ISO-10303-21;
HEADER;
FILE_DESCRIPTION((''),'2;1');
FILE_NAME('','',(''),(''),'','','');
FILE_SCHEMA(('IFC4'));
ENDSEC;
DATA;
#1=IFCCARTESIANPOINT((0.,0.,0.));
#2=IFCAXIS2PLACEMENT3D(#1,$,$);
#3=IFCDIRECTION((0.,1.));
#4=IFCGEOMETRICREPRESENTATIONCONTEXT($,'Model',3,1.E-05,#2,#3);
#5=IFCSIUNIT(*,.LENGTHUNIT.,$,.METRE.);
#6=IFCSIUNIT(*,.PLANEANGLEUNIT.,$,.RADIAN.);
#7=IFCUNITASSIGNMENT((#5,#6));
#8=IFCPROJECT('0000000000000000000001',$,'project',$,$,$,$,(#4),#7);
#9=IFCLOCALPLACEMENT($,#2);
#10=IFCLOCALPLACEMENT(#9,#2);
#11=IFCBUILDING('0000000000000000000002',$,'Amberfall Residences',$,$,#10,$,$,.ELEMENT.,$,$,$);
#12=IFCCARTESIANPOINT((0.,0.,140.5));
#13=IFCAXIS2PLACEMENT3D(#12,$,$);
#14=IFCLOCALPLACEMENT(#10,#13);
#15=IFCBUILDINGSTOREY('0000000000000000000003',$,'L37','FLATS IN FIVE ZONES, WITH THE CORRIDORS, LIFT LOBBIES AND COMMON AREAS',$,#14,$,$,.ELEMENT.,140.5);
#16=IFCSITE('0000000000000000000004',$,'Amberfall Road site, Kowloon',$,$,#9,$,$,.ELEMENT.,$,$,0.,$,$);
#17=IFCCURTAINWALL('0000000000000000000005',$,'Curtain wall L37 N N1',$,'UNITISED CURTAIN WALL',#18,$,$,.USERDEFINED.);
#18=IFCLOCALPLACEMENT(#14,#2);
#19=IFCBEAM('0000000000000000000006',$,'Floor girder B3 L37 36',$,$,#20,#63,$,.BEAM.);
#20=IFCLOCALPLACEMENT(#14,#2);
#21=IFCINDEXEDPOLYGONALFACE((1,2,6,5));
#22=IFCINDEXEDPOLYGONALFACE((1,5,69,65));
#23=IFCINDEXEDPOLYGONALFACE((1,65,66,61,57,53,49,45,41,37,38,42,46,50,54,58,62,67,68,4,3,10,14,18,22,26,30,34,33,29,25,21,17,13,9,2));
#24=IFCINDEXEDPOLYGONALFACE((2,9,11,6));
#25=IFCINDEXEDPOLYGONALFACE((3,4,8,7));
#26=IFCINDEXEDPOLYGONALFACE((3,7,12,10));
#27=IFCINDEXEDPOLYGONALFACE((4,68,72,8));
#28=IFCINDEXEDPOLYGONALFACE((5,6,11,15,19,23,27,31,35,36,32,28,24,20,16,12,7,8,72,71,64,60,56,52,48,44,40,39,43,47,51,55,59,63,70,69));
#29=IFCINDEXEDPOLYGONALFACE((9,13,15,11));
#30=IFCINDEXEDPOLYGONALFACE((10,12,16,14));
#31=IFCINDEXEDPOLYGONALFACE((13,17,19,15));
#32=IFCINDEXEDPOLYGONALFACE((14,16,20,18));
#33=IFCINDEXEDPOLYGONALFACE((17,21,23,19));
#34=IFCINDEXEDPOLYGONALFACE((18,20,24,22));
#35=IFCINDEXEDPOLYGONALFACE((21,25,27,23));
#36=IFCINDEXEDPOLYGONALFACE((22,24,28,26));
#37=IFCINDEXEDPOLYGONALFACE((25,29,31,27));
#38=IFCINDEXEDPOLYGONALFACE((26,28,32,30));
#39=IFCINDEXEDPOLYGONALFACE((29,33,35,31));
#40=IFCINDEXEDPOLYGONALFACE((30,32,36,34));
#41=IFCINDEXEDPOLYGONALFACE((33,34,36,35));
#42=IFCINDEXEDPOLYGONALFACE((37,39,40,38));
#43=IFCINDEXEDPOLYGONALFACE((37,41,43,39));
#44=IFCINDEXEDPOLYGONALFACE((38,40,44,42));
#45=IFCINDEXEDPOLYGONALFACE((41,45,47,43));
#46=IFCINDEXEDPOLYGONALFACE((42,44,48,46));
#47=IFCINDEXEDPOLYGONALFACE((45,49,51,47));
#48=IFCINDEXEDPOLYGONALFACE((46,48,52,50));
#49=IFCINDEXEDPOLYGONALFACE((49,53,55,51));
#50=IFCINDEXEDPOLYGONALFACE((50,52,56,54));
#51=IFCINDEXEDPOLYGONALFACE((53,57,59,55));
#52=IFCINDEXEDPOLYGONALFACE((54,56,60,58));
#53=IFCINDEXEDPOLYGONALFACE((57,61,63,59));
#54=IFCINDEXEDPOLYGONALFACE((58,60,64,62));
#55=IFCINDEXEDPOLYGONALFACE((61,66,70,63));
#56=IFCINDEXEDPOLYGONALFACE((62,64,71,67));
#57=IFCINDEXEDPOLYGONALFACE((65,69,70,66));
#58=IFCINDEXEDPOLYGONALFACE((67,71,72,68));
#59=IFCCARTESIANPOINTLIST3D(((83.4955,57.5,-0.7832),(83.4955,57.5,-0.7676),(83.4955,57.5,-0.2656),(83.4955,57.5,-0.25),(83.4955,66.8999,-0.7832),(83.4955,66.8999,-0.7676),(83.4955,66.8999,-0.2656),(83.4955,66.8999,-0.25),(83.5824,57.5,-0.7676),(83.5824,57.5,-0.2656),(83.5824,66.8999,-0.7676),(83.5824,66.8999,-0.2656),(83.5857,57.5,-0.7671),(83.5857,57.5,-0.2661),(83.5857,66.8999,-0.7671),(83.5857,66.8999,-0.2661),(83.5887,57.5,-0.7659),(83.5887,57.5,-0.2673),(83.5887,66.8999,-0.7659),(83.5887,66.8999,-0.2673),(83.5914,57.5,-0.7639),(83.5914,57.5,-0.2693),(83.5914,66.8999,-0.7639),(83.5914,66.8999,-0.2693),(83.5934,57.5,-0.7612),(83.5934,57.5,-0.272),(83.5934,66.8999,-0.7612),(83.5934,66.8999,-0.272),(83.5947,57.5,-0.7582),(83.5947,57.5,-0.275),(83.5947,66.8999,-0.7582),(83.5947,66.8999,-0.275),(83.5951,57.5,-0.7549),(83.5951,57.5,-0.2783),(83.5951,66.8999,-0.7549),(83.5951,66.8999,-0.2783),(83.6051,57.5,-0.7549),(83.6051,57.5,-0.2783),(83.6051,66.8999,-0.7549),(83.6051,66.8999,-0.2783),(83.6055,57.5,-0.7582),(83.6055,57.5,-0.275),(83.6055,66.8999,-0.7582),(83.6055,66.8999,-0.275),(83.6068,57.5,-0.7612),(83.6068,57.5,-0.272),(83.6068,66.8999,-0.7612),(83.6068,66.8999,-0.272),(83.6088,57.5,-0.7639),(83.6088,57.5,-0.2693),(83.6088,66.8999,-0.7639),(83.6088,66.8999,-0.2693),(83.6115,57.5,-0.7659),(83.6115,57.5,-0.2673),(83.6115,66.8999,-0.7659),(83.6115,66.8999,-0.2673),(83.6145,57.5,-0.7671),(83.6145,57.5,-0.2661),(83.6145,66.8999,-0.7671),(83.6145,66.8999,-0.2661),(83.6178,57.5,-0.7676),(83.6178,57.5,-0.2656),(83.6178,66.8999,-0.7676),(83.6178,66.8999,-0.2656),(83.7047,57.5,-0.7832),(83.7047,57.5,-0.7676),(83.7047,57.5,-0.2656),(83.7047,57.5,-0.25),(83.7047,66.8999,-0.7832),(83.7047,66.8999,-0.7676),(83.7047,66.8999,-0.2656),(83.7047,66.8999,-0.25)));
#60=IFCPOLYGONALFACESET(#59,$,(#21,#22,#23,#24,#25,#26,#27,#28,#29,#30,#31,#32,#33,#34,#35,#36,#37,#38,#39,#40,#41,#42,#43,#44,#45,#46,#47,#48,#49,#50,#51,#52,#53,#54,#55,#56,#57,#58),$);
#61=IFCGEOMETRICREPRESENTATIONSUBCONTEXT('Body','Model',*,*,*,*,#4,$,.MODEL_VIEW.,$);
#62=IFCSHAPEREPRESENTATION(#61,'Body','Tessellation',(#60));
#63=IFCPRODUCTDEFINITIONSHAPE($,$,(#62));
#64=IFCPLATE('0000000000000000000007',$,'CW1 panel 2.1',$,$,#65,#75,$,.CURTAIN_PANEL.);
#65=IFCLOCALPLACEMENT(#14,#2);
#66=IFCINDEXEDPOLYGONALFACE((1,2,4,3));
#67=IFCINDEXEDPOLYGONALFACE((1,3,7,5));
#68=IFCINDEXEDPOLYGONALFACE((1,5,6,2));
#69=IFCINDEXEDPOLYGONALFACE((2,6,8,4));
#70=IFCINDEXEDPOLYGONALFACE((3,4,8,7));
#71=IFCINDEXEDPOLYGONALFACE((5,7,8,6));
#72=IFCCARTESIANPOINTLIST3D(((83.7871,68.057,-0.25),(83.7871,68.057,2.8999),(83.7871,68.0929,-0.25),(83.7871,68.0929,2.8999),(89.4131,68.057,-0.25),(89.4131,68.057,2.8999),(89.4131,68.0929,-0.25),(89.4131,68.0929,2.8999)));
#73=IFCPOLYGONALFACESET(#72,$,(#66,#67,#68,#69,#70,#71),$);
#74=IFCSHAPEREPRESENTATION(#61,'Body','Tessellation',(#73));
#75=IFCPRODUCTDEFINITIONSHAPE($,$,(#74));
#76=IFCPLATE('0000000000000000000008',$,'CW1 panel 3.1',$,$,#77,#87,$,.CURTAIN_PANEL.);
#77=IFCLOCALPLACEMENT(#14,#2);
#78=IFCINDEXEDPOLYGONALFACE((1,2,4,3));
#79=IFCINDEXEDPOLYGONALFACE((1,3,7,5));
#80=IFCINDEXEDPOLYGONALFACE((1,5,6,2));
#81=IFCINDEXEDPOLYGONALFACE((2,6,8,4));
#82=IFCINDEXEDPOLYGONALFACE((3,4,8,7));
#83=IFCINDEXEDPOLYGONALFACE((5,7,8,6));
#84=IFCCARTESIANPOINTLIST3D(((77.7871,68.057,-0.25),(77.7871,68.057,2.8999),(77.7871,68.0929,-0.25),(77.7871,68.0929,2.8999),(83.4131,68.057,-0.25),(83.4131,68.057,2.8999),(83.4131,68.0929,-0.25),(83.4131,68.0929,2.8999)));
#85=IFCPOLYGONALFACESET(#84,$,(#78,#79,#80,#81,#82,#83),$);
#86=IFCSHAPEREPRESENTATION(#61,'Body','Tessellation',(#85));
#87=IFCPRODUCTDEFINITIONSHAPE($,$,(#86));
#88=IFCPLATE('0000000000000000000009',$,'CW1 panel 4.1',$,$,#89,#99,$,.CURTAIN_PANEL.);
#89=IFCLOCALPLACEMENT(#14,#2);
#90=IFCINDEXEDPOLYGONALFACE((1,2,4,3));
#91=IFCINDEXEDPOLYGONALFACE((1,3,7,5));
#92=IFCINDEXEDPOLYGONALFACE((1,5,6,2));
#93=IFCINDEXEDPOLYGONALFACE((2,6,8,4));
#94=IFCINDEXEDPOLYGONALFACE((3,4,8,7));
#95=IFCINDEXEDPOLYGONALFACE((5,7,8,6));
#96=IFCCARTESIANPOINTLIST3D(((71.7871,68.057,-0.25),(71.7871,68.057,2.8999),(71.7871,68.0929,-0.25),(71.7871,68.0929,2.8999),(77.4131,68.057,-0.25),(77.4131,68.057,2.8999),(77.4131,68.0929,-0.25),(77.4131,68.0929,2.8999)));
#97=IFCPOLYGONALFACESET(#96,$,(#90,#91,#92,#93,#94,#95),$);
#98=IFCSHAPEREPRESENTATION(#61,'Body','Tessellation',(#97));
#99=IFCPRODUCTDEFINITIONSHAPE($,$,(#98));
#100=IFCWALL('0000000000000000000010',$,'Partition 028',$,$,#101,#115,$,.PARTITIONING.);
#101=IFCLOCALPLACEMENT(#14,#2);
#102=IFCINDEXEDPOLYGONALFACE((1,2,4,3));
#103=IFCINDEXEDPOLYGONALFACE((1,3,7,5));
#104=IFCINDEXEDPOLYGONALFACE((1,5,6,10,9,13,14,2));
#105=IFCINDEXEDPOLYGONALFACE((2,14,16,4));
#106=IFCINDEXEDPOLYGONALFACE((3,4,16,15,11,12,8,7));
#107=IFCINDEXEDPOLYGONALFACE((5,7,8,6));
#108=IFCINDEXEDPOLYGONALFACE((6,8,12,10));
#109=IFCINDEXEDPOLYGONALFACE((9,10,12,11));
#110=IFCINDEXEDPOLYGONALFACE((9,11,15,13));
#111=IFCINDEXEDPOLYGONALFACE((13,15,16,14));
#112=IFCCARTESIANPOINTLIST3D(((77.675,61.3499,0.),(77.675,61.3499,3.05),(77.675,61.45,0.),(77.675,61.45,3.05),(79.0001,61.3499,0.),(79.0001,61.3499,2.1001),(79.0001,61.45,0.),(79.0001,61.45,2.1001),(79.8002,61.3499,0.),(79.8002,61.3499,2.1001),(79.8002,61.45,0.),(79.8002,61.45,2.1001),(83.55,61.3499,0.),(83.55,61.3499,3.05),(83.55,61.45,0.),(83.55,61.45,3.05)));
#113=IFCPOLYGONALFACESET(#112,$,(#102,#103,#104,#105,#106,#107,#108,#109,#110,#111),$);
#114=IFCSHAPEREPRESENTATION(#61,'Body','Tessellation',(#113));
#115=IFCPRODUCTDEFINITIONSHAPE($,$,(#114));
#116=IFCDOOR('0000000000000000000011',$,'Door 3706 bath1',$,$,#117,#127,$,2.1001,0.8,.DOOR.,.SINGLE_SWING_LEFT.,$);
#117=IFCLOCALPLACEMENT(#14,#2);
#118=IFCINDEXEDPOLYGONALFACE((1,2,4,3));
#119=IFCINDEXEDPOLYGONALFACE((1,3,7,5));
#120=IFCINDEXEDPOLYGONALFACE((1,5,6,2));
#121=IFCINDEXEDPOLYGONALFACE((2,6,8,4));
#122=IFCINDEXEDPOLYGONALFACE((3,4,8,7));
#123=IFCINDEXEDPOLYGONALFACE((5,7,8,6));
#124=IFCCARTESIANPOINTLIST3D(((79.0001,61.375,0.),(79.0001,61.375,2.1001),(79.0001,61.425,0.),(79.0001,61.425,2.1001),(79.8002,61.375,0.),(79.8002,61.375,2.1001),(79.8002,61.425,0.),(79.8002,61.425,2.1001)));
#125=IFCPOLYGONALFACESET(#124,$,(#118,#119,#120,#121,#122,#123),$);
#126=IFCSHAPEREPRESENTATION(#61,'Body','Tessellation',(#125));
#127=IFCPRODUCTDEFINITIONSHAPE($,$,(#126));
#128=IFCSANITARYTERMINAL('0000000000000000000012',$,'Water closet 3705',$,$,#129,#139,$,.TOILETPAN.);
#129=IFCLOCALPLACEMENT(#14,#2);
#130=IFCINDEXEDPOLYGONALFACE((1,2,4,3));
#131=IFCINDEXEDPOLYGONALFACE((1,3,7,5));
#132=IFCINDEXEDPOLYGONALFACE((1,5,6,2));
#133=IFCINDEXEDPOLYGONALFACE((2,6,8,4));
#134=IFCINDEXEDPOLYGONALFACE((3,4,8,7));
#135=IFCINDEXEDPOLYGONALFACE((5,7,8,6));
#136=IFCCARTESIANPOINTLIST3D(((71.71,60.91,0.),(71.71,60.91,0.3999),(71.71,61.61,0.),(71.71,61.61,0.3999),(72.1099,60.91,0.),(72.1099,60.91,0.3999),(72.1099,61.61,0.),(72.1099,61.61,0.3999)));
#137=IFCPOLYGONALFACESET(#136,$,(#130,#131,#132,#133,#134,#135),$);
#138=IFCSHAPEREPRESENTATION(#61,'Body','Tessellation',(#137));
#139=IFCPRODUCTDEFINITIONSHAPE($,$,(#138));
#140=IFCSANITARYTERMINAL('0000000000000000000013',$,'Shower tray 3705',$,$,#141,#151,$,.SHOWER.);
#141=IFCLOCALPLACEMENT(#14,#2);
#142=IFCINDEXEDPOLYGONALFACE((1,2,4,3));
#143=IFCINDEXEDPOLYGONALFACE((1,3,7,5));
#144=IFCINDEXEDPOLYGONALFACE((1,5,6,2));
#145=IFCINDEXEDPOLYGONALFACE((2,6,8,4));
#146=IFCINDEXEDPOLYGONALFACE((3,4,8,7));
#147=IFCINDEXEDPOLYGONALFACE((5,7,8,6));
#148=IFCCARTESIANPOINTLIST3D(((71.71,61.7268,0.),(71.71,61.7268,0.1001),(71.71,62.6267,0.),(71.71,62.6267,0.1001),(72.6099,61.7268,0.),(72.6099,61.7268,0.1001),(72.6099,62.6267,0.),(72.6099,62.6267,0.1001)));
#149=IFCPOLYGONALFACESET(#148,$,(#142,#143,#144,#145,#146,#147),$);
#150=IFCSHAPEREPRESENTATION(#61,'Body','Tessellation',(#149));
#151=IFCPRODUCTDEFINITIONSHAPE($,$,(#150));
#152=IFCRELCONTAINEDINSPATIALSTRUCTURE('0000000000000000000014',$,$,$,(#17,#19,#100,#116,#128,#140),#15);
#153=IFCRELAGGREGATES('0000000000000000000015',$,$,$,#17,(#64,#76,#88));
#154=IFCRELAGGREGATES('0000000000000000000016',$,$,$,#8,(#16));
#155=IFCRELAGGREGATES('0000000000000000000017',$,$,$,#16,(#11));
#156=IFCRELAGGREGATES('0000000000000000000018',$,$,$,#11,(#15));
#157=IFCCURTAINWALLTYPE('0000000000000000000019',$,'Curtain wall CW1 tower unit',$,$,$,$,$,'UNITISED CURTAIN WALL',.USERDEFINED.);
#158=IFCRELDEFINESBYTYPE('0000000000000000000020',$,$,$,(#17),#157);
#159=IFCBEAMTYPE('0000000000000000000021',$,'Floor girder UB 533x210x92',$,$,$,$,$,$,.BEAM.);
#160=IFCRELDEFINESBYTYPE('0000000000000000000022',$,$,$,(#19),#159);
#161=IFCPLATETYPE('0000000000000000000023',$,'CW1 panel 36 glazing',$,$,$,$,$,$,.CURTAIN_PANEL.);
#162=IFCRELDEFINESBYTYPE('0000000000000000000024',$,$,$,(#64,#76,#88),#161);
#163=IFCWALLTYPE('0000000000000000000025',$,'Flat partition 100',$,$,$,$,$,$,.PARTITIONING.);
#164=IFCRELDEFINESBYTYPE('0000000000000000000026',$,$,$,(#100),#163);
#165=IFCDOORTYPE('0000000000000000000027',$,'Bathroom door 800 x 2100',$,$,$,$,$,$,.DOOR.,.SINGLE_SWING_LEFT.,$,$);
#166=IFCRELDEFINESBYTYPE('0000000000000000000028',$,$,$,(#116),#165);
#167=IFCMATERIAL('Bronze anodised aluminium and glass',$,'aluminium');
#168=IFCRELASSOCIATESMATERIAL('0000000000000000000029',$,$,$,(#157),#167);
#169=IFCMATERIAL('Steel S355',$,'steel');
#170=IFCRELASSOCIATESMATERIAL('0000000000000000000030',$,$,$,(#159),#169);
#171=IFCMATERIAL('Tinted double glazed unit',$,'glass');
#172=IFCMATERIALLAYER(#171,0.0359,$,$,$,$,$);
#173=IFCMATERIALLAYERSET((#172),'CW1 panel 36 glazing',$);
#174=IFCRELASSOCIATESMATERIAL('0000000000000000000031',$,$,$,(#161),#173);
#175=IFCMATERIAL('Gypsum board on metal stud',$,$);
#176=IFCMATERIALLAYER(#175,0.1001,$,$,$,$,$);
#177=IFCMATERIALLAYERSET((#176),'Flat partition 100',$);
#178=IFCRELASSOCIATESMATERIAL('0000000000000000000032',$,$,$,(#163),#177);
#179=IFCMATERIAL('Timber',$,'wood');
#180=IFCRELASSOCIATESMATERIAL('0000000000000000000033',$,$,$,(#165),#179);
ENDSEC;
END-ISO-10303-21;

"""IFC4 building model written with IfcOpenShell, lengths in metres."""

from ifc_helpers import new_model, si_unit, direction, frame, frame_2d, origin, origin_2d, place, context, subcontext, project, spatial, rectangle, i_section, extrude, material, layer, layer_set, material_profile, profile_set, type_object, element, fill, aggregate, save


model = new_model("IFC4")

# Units and contexts
model_context = context("Model", 3, precision=1e-05, world=origin(), true_north=direction((0.0, 1.0)))
body_context = subcontext(model_context, "Body", "Model", "MODEL_VIEW")
ifc_project = project(units=[si_unit("LENGTHUNIT", "METRE"), si_unit("PLANEANGLEUNIT", "RADIAN")], contexts=[model_context])

# Site, building, storey
site_placement = place(None, origin())
site = spatial("IfcSite", under=ifc_project, at=site_placement, Name="Amberfall Road site, Kowloon", CompositionType="ELEMENT", RefElevation=0.0)
building_placement = place(site_placement, origin())
building = spatial("IfcBuilding", under=site, at=building_placement, Name="Amberfall Residences", CompositionType="ELEMENT")
storey_placement = place(building_placement, frame((0.0, 0.0, 140.5)))
storey = spatial("IfcBuildingStorey", under=building, at=storey_placement, Name="L37", Description="FLATS IN FIVE ZONES, WITH THE CORRIDORS, LIFT LOBBIES AND COMMON AREAS", CompositionType="ELEMENT", Elevation=140.5)

# Curtain wall
ifc_material_1 = material(Name="Bronze anodised aluminium and glass", Category="aluminium")
curtain_wall_type = type_object("IfcCurtainWallType", Name="Curtain wall CW1 tower unit", ElementType="UNITISED CURTAIN WALL", PredefinedType="USERDEFINED", material=ifc_material_1)
curtain_wall_placement = place(storey_placement, origin())
curtain_wall = element("IfcCurtainWall", 1, at=curtain_wall_placement, inside=storey, type_object=curtain_wall_type, Name="Curtain wall L37 N N1", ObjectType="UNITISED CURTAIN WALL", PredefinedType="USERDEFINED")

# Shared definitions
ifc_material_2 = material(Name="Steel S355", Category="steel")

# Beam
ifc_material_profile_1 = material_profile(ifc_material_2, i_section(OverallWidth=0.2092, OverallDepth=0.5332, WebThickness=0.01, FlangeThickness=0.0156, FilletRadius=0.0127, at=origin_2d()), Name="UB 533x210x92")
ifc_profile_set_1 = profile_set([ifc_material_profile_1], Name="Steel S355")
beam_type_1 = type_object("IfcBeamType", Name="Floor girder UB 533x210x92", PredefinedType="BEAM", material=ifc_profile_set_1)
for number, where, z_axis, x_axis, name in (
    (2, (83.6001, 66.8999, -0.5166), (0.0, -1.0, 0.0), (1.0, 0.0, 0.0), "Floor girder B3 L37 36"),
):
    element("IfcBeam", number, at=place(storey_placement, frame(where, z_axis=z_axis, x_axis=x_axis)), inside=storey, type_object=beam_type_1, Name=name, PredefinedType="BEAM", context=body_context, shape_type="SweptSolid", body=[
        extrude(i_section(OverallWidth=0.2092, OverallDepth=0.5332, WebThickness=0.01, FlangeThickness=0.0156, FilletRadius=0.0127, at=origin_2d()), origin(), (0.0, 0.0, 1.0), 9.3999),
    ])

# Plates
ifc_material_3 = material(Name="Tinted double glazed unit", Category="glass")
ifc_layer_1 = layer(ifc_material_3, 0.0359)
ifc_layer_set_1 = layer_set([ifc_layer_1], Name="CW1 panel 36 glazing")
plate_type = type_object("IfcPlateType", Name="CW1 panel 36 glazing", PredefinedType="CURTAIN_PANEL", material=ifc_layer_set_1)
plate_1_placement = place(storey_placement, frame((86.6001, 68.075, -0.25), z_axis=(0.0, 0.0, 1.0), x_axis=(-1.0, 0.0, 0.0)))
plate_1 = element("IfcPlate", 3, at=plate_1_placement, type_object=plate_type, Name="CW1 panel 2.1", PredefinedType="CURTAIN_PANEL", context=body_context, shape_type="SweptSolid", body=[
    extrude(rectangle(XDim=5.626, YDim=0.0359, at=origin_2d()), origin(), (0.0, 0.0, 1.0), 3.1499),
])
plate_2_placement = place(storey_placement, frame((80.6001, 68.075, -0.25), z_axis=(0.0, 0.0, 1.0), x_axis=(-1.0, 0.0, 0.0)))
plate_2 = element("IfcPlate", 4, at=plate_2_placement, type_object=plate_type, Name="CW1 panel 3.1", PredefinedType="CURTAIN_PANEL", context=body_context, shape_type="SweptSolid", body=[
    extrude(rectangle(XDim=5.626, YDim=0.0359, at=origin_2d()), origin(), (0.0, 0.0, 1.0), 3.1499),
])
plate_3_placement = place(storey_placement, frame((74.6001, 68.075, -0.25), z_axis=(0.0, 0.0, 1.0), x_axis=(-1.0, 0.0, 0.0)))
plate_3 = element("IfcPlate", 5, at=plate_3_placement, type_object=plate_type, Name="CW1 panel 4.1", PredefinedType="CURTAIN_PANEL", context=body_context, shape_type="SweptSolid", body=[
    extrude(rectangle(XDim=5.626, YDim=0.0359, at=origin_2d()), origin(), (0.0, 0.0, 1.0), 3.1499),
])
aggregate(curtain_wall, [plate_1, plate_2, plate_3])

# Wall, opening, door
ifc_material_4 = material(Name="Gypsum board on metal stud")
ifc_layer_2 = layer(ifc_material_4, 0.1001)
ifc_layer_set_2 = layer_set([ifc_layer_2], Name="Flat partition 100")
wall_type = type_object("IfcWallType", Name="Flat partition 100", PredefinedType="PARTITIONING", material=ifc_layer_set_2)
wall_placement = place(storey_placement, frame((83.55, 61.3999, 0.0), z_axis=(0.0, 0.0, 1.0), x_axis=(-1.0, 0.0, 0.0)))
wall = element("IfcWall", 6, at=wall_placement, inside=storey, type_object=wall_type, Name="Partition 028", PredefinedType="PARTITIONING", context=body_context, shape_type="SweptSolid", body=[
    extrude(rectangle(XDim=5.875, YDim=0.1001, at=frame_2d((2.9375, 0.0))), origin(), (0.0, 0.0, 1.0), 3.05),
])
opening_placement = place(wall_placement, frame((3.75, 0.0, 0.0)))
opening = element("IfcOpeningElement", 7, at=opening_placement, cuts=wall, PredefinedType="OPENING", context=body_context, shape_type="SweptSolid", body=[
    extrude(rectangle(XDim=0.8, YDim=2.1001, at=frame_2d((0.3999, 1.05))), frame((0.0, 0.0601, 0.0), z_axis=(0.0, -1.0, 0.0), x_axis=(1.0, 0.0, 0.0)), (0.0, 0.0, 1.0), 0.1201),
])
ifc_material_5 = material(Name="Timber", Category="wood")
door_type = type_object("IfcDoorType", Name="Bathroom door 800 x 2100", OperationType="SINGLE_SWING_LEFT", PredefinedType="DOOR", material=ifc_material_5)
door_placement = place(opening_placement, origin())
door = element("IfcDoor", 8, at=door_placement, inside=storey, type_object=door_type, Name="Door 3706 bath1", OperationType="SINGLE_SWING_LEFT", OverallHeight=2.1001, OverallWidth=0.8, PredefinedType="DOOR", context=body_context, shape_type="SweptSolid", body=[
    extrude(rectangle(XDim=0.8, YDim=2.1001, at=frame_2d((0.3999, 1.05))), frame((0.0, 0.0249, 0.0), z_axis=(0.0, -1.0, 0.0), x_axis=(1.0, 0.0, 0.0)), (0.0, 0.0, 1.0), 0.05),
])
fill(opening, door)

# Sanitary terminals
sanitary_terminal_1_placement = place(storey_placement, frame((71.9099, 61.26, 0.0), z_axis=(0.0, 0.0, 1.0), x_axis=(1.0, 0.0, 0.0)))
element("IfcSanitaryTerminal", 9, at=sanitary_terminal_1_placement, inside=storey, Name="Water closet 3705", PredefinedType="TOILETPAN", context=body_context, shape_type="SweptSolid", body=[
    extrude(rectangle(XDim=0.3999, YDim=0.7, at=origin_2d()), origin(), (0.0, 0.0, 1.0), 0.3999),
])
sanitary_terminal_2_placement = place(storey_placement, frame((72.1599, 62.1768, 0.0), z_axis=(0.0, 0.0, 1.0), x_axis=(1.0, 0.0, 0.0)))
element("IfcSanitaryTerminal", 10, at=sanitary_terminal_2_placement, inside=storey, Name="Shower tray 3705", PredefinedType="SHOWER", context=body_context, shape_type="SweptSolid", body=[
    extrude(rectangle(XDim=0.8999, YDim=0.8999, at=origin_2d()), origin(), (0.0, 0.0, 1.0), 0.1001),
])

save(model, "model.ifc")
